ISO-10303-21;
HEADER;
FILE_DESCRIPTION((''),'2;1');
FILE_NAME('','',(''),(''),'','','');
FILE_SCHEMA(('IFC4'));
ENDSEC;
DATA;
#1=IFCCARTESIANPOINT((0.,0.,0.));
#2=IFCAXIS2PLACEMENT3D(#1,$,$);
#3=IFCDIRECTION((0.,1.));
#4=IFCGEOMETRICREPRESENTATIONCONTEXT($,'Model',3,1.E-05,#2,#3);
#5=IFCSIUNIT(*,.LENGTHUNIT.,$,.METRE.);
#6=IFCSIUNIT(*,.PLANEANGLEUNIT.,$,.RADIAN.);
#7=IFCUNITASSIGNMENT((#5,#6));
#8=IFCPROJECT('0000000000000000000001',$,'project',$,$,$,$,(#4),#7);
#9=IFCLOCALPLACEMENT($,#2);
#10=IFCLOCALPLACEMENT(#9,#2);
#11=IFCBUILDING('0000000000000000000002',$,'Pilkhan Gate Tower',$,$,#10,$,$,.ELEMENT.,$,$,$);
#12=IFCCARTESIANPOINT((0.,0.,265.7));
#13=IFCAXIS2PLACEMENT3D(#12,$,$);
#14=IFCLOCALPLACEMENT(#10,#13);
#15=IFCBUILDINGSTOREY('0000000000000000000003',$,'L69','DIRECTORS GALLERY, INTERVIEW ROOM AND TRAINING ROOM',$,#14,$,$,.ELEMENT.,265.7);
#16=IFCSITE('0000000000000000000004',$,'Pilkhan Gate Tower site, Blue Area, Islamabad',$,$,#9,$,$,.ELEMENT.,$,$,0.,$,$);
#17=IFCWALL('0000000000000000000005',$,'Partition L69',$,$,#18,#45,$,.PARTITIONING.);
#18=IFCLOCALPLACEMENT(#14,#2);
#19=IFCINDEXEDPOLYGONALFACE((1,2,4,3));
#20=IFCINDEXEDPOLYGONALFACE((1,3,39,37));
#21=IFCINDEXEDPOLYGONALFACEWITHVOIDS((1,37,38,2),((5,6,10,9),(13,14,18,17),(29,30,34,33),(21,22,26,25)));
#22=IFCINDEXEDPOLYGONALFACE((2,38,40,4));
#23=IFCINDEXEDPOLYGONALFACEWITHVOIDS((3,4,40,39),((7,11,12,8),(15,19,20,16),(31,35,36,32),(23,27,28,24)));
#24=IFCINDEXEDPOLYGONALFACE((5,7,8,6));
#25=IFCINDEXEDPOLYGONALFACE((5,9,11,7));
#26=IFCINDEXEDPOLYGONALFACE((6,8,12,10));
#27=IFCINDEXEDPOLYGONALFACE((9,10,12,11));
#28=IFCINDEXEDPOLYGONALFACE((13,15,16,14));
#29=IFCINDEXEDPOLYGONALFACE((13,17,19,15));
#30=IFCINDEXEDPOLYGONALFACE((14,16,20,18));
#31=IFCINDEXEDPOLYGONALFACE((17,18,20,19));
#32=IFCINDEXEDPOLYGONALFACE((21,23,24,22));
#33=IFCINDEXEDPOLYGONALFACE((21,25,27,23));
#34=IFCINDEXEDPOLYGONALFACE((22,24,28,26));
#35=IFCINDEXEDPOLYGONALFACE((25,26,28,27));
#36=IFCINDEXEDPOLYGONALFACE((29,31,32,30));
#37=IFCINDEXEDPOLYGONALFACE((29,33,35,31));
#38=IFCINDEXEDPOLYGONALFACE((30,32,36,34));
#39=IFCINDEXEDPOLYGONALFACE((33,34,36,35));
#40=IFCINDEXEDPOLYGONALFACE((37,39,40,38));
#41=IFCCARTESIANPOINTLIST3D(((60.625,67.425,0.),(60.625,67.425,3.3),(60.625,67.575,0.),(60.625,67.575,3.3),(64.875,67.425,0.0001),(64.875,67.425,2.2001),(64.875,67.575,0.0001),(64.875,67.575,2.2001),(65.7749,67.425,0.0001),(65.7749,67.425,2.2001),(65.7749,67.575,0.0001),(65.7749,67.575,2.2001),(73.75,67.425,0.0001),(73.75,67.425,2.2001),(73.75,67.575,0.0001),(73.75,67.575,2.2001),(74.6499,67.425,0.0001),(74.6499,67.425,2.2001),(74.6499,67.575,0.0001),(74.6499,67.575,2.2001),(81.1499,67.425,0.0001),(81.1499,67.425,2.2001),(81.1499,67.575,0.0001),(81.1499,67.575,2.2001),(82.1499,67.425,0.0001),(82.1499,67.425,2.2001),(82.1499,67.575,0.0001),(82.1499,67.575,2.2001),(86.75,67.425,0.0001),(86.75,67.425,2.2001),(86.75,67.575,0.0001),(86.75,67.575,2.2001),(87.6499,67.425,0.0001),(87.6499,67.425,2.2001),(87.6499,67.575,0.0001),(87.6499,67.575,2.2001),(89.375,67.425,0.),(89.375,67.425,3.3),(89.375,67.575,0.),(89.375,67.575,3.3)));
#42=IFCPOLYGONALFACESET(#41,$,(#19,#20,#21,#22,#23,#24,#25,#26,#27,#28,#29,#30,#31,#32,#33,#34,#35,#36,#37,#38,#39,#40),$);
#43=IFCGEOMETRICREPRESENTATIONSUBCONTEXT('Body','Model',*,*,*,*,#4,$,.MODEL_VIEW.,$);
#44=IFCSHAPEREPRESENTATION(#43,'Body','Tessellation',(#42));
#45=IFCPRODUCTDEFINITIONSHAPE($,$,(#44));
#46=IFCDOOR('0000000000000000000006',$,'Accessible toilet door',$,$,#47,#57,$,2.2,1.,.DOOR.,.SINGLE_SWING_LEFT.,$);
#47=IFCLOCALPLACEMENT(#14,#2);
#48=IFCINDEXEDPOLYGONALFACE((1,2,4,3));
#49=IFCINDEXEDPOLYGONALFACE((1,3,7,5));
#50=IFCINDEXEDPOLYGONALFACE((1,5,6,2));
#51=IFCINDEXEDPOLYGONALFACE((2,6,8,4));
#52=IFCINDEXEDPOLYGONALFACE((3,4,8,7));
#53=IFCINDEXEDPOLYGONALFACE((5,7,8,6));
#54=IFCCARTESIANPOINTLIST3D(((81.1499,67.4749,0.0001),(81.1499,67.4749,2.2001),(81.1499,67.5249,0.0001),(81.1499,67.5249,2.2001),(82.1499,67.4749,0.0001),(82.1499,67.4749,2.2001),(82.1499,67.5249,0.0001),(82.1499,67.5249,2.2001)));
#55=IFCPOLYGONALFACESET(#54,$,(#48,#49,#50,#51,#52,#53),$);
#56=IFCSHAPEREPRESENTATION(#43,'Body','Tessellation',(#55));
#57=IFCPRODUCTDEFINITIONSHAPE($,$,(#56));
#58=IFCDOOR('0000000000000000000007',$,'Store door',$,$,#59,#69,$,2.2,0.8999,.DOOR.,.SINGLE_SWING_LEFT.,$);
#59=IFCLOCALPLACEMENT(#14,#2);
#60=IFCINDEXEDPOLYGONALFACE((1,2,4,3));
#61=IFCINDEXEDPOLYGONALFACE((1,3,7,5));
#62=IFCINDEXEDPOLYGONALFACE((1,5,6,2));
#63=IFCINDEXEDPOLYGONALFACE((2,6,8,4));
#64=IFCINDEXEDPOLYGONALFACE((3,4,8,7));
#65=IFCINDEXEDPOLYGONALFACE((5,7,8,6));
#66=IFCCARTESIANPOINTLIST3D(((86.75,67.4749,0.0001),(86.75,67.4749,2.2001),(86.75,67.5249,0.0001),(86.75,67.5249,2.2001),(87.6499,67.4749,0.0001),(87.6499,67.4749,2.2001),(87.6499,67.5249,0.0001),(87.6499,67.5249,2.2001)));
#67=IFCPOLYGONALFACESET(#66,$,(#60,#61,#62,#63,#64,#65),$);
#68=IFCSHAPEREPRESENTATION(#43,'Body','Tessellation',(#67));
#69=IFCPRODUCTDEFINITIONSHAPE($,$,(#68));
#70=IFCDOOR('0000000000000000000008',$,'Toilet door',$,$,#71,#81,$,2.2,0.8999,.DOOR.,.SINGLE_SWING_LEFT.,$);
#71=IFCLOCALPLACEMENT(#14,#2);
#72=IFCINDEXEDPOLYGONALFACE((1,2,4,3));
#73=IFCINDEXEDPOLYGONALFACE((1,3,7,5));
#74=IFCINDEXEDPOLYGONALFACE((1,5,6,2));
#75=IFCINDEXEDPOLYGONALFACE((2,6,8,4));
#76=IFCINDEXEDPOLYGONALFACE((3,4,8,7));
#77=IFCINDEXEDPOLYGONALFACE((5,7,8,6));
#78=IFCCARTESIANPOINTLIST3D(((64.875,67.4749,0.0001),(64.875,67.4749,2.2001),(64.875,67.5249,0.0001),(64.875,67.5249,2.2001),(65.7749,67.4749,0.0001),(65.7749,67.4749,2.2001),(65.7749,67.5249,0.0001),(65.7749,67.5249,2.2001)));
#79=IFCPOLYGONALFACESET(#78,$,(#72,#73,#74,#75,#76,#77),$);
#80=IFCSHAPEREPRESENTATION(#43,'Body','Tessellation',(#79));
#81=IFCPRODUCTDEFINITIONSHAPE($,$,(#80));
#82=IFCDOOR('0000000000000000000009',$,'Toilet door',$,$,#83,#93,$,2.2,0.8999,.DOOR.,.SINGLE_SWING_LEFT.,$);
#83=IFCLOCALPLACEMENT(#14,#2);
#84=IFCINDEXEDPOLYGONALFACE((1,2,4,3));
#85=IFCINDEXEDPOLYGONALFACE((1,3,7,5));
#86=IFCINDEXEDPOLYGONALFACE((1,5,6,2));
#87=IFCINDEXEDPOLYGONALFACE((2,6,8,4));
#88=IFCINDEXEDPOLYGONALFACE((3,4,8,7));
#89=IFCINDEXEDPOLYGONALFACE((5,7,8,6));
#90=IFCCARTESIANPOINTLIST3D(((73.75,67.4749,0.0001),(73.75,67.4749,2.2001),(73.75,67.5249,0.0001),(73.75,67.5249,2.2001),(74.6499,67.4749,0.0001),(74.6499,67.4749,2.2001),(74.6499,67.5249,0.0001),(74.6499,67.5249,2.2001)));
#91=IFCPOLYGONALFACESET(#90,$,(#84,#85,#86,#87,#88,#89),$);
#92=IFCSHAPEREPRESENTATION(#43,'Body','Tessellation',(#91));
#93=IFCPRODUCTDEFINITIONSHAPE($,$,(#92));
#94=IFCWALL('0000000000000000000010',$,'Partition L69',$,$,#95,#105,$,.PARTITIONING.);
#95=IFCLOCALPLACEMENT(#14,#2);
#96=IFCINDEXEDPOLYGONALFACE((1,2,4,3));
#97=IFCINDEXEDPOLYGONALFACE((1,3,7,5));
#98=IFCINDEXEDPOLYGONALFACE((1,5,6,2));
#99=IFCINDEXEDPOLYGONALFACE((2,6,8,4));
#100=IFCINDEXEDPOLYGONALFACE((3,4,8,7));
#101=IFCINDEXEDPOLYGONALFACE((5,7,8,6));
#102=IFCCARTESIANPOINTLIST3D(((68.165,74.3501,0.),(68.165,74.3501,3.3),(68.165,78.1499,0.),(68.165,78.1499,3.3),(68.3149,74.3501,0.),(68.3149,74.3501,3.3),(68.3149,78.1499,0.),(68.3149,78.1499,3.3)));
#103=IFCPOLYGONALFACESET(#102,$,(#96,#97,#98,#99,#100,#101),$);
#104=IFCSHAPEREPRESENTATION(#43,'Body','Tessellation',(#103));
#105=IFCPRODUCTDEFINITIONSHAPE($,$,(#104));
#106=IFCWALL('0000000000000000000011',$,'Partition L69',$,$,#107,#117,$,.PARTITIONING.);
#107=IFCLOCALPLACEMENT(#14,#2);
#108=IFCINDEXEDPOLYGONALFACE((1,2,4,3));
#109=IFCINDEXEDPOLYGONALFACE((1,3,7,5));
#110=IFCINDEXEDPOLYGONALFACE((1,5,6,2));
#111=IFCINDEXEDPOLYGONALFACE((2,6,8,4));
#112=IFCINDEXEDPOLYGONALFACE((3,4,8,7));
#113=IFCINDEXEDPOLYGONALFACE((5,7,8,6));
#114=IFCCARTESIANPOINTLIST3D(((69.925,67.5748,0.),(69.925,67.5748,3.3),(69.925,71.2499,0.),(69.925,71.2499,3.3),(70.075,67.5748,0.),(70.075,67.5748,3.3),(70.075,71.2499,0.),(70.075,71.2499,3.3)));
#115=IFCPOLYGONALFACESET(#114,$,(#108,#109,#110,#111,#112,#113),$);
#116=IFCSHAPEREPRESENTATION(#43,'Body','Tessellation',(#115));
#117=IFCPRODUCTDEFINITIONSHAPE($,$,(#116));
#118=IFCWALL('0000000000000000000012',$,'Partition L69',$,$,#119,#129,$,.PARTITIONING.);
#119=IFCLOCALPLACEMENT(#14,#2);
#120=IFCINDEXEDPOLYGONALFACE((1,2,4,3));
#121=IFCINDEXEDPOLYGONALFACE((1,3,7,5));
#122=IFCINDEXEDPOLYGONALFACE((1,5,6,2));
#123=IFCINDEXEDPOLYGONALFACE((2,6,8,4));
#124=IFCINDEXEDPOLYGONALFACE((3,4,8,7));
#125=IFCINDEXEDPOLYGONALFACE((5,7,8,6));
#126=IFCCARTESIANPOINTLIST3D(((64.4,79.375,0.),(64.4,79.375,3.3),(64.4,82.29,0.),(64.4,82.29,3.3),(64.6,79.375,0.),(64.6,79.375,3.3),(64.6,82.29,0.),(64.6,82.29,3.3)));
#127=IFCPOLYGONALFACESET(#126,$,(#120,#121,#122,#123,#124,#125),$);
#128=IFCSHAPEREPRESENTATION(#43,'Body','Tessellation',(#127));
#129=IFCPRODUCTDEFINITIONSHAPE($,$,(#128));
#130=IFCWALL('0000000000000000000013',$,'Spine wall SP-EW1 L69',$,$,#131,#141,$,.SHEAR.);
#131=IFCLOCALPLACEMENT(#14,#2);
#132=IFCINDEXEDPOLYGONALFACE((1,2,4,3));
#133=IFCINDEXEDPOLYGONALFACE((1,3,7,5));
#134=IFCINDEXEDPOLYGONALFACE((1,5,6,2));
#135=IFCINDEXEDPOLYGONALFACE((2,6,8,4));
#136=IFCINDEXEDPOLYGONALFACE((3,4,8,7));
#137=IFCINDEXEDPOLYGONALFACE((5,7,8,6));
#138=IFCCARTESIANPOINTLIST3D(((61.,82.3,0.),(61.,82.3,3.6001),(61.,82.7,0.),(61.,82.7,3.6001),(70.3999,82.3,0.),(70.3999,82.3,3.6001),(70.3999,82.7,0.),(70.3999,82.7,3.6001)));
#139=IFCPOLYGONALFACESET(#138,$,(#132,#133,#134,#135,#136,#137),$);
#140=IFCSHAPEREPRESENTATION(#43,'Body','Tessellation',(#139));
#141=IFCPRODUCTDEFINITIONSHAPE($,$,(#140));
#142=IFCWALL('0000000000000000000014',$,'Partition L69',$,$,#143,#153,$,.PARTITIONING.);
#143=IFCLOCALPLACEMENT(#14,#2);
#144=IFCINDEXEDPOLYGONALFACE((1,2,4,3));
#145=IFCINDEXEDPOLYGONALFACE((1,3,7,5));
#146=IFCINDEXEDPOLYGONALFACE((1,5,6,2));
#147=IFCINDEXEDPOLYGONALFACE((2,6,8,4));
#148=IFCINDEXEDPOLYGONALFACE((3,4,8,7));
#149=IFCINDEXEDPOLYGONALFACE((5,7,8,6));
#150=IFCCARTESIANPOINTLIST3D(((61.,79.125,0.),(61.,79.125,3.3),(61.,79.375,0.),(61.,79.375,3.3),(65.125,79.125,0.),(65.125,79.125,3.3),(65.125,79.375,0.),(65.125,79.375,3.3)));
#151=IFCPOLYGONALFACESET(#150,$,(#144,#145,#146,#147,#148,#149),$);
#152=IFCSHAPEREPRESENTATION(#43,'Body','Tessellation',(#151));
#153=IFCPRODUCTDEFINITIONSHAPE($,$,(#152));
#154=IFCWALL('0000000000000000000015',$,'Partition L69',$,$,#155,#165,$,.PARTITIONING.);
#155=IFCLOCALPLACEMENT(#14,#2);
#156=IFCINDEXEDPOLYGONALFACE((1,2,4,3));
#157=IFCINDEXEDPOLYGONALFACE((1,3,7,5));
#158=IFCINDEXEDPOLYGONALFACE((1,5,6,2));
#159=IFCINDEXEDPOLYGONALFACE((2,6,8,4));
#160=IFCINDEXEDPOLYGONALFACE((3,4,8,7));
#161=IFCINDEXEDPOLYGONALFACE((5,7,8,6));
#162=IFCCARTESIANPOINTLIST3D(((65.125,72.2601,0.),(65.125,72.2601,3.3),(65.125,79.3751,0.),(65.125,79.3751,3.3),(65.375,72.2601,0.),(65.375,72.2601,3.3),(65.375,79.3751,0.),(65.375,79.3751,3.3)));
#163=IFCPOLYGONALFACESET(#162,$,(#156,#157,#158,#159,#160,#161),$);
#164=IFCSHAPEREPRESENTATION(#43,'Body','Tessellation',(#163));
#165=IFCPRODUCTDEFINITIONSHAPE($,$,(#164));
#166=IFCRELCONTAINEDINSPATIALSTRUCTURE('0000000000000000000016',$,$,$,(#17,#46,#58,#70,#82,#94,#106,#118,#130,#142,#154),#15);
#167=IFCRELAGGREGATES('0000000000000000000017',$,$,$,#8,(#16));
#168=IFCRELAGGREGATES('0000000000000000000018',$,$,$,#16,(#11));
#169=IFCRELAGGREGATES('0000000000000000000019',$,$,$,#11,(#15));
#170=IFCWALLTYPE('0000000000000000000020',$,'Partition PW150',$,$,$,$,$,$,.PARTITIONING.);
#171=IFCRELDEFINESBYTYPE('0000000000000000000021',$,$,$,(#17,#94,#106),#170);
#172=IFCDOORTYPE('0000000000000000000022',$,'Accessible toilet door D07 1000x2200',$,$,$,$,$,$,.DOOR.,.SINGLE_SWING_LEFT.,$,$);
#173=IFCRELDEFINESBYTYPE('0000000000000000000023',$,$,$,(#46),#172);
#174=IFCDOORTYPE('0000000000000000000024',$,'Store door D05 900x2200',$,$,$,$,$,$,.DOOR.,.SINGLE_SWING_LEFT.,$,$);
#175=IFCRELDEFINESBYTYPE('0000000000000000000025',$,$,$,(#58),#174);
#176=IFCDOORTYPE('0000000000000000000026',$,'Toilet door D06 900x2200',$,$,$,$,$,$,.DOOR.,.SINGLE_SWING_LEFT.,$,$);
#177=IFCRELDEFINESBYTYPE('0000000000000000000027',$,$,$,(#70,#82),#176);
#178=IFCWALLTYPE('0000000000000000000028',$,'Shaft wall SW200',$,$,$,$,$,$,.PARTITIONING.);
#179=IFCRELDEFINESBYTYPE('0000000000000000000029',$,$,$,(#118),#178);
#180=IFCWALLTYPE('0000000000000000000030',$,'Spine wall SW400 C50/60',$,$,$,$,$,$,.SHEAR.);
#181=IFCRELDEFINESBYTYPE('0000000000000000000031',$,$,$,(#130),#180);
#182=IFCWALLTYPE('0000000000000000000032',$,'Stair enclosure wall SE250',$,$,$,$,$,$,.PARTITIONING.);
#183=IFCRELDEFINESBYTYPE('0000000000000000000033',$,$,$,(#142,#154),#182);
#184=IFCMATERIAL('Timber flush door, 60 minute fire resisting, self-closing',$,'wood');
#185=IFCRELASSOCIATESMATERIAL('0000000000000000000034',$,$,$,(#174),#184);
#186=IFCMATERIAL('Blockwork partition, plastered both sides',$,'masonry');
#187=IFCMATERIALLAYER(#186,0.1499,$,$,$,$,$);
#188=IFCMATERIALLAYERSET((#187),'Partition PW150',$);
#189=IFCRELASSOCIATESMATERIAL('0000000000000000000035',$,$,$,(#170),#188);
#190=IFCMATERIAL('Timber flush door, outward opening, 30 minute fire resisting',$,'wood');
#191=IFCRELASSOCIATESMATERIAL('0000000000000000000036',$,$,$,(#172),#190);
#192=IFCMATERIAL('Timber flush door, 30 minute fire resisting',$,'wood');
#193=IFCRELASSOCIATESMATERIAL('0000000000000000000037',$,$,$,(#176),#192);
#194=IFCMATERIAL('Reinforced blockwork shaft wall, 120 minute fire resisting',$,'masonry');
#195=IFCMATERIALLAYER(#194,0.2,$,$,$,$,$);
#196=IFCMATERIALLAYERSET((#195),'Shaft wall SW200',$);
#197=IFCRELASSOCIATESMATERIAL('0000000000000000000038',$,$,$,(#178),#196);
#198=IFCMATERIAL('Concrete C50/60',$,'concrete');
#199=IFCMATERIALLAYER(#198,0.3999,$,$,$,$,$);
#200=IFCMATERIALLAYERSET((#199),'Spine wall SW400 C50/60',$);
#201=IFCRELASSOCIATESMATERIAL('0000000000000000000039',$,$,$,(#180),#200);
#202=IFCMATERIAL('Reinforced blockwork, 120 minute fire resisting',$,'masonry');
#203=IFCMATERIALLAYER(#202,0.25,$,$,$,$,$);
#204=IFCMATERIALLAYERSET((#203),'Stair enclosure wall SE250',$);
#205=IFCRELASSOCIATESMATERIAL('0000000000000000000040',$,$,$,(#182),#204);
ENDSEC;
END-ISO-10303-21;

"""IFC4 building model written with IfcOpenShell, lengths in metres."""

from ifc_helpers import new_model, si_unit, direction, frame, frame_2d, origin, place, context, subcontext, project, spatial, rectangle, extrude, material, layer, layer_set, type_object, element, fill, save


model = new_model("IFC4")

# Units and contexts
model_context = context("Model", 3, precision=1e-05, world=origin(), true_north=direction((0.0, 1.0)))
body_context = subcontext(model_context, "Body", "Model", "MODEL_VIEW")
ifc_project = project(units=[si_unit("LENGTHUNIT", "METRE"), si_unit("PLANEANGLEUNIT", "RADIAN")], contexts=[model_context])

# Site, building, storey
site_placement = place(None, origin())
site = spatial("IfcSite", under=ifc_project, at=site_placement, Name="Pilkhan Gate Tower site, Blue Area, Islamabad", CompositionType="ELEMENT", RefElevation=0.0)
building_placement = place(site_placement, origin())
building = spatial("IfcBuilding", under=site, at=building_placement, Name="Pilkhan Gate Tower", CompositionType="ELEMENT")
storey_placement = place(building_placement, frame((0.0, 0.0, 265.7)))
storey = spatial("IfcBuildingStorey", under=building, at=storey_placement, Name="L69", Description="DIRECTORS GALLERY, INTERVIEW ROOM AND TRAINING ROOM", CompositionType="ELEMENT", Elevation=265.7)

# Shared definitions
ifc_material_1 = material(Name="Concrete C50/60", Category="concrete")

# Shared definitions
ifc_material_2 = material(Name="Timber flush door, 60 minute fire resisting, self-closing", Category="wood")
door_type_1 = type_object("IfcDoorType", Name="Store door D05 900x2200", OperationType="SINGLE_SWING_LEFT", PredefinedType="DOOR", material=ifc_material_2)

# Wall, openings, doors
ifc_material_3 = material(Name="Blockwork partition, plastered both sides", Category="masonry")
ifc_layer_1 = layer(ifc_material_3, 0.1499)
ifc_layer_set_1 = layer_set([ifc_layer_1], Name="Partition PW150")
wall_type_1 = type_object("IfcWallType", Name="Partition PW150", PredefinedType="PARTITIONING", material=ifc_layer_set_1)
wall_1_placement = place(storey_placement, frame((60.625, 67.5, 0.0), z_axis=(0.0, 0.0, 1.0), x_axis=(1.0, 0.0, 0.0)))
wall_1 = element("IfcWall", 1, at=wall_1_placement, inside=storey, type_object=wall_type_1, Name="Partition L69", PredefinedType="PARTITIONING", context=body_context, shape_type="SweptSolid", body=[
    extrude(rectangle(XDim=28.75, YDim=0.1499, at=frame_2d((14.375, 0.0))), origin(), (0.0, 0.0, 1.0), 3.3),
])
opening_1_placement = place(wall_1_placement, frame((4.25, 0.0, 0.0)))
opening_1 = element("IfcOpeningElement", 2, at=opening_1_placement, cuts=wall_1, PredefinedType="OPENING", context=body_context, shape_type="SweptSolid", body=[
    extrude(rectangle(XDim=0.8999, YDim=2.2, at=frame_2d((0.45, 1.1001))), frame((0.0, 0.085, 0.0), z_axis=(0.0, -1.0, 0.0), x_axis=(1.0, 0.0, 0.0)), (0.0, 0.0, 1.0), 0.1699),
])
opening_2_placement = place(wall_1_placement, frame((13.125, 0.0, 0.0)))
opening_2 = element("IfcOpeningElement", 3, at=opening_2_placement, cuts=wall_1, PredefinedType="OPENING", context=body_context, shape_type="SweptSolid", body=[
    extrude(rectangle(XDim=0.8999, YDim=2.2, at=frame_2d((0.45, 1.1001))), frame((0.0, 0.085, 0.0), z_axis=(0.0, -1.0, 0.0), x_axis=(1.0, 0.0, 0.0)), (0.0, 0.0, 1.0), 0.1699),
])
opening_3_placement = place(wall_1_placement, frame((20.5249, 0.0, 0.0)))
opening_3 = element("IfcOpeningElement", 4, at=opening_3_placement, cuts=wall_1, PredefinedType="OPENING", context=body_context, shape_type="SweptSolid", body=[
    extrude(rectangle(XDim=1.0, YDim=2.2, at=frame_2d((0.5, 1.1001))), frame((0.0, 0.085, 0.0), z_axis=(0.0, -1.0, 0.0), x_axis=(1.0, 0.0, 0.0)), (0.0, 0.0, 1.0), 0.1699),
])
opening_4_placement = place(wall_1_placement, frame((26.125, 0.0, 0.0)))
opening_4 = element("IfcOpeningElement", 5, at=opening_4_placement, cuts=wall_1, PredefinedType="OPENING", context=body_context, shape_type="SweptSolid", body=[
    extrude(rectangle(XDim=0.8999, YDim=2.2, at=frame_2d((0.45, 1.1001))), frame((0.0, 0.085, 0.0), z_axis=(0.0, -1.0, 0.0), x_axis=(1.0, 0.0, 0.0)), (0.0, 0.0, 1.0), 0.1699),
])
ifc_material_4 = material(Name="Timber flush door, outward opening, 30 minute fire resisting", Category="wood")
door_type_2 = type_object("IfcDoorType", Name="Accessible toilet door D07 1000x2200", OperationType="SINGLE_SWING_LEFT", PredefinedType="DOOR", material=ifc_material_4)
door_1_placement = place(opening_3_placement, origin())
door_1 = element("IfcDoor", 6, at=door_1_placement, inside=storey, type_object=door_type_2, Name="Accessible toilet door", OperationType="SINGLE_SWING_LEFT", OverallHeight=2.2, OverallWidth=1.0, PredefinedType="DOOR", context=body_context, shape_type="SweptSolid", body=[
    extrude(rectangle(XDim=1.0, YDim=2.2, at=frame_2d((0.5, 1.1001))), frame((0.0, 0.0249, 0.0), z_axis=(0.0, -1.0, 0.0), x_axis=(1.0, 0.0, 0.0)), (0.0, 0.0, 1.0), 0.05),
])
fill(opening_3, door_1)
door_2_placement = place(opening_4_placement, origin())
door_2 = element("IfcDoor", 7, at=door_2_placement, inside=storey, type_object=door_type_1, Name="Store door", OperationType="SINGLE_SWING_LEFT", OverallHeight=2.2, OverallWidth=0.8999, PredefinedType="DOOR", context=body_context, shape_type="SweptSolid", body=[
    extrude(rectangle(XDim=0.8999, YDim=2.2, at=frame_2d((0.45, 1.1001))), frame((0.0, 0.0249, 0.0), z_axis=(0.0, -1.0, 0.0), x_axis=(1.0, 0.0, 0.0)), (0.0, 0.0, 1.0), 0.05),
])
fill(opening_4, door_2)
ifc_material_5 = material(Name="Timber flush door, 30 minute fire resisting", Category="wood")
door_type_3 = type_object("IfcDoorType", Name="Toilet door D06 900x2200", OperationType="SINGLE_SWING_LEFT", PredefinedType="DOOR", material=ifc_material_5)
door_3_placement = place(opening_1_placement, origin())
door_3 = element("IfcDoor", 8, at=door_3_placement, inside=storey, type_object=door_type_3, Name="Toilet door", OperationType="SINGLE_SWING_LEFT", OverallHeight=2.2, OverallWidth=0.8999, PredefinedType="DOOR", context=body_context, shape_type="SweptSolid", body=[
    extrude(rectangle(XDim=0.8999, YDim=2.2, at=frame_2d((0.45, 1.1001))), frame((0.0, 0.0249, 0.0), z_axis=(0.0, -1.0, 0.0), x_axis=(1.0, 0.0, 0.0)), (0.0, 0.0, 1.0), 0.05),
])
fill(opening_1, door_3)
door_4_placement = place(opening_2_placement, origin())
door_4 = element("IfcDoor", 9, at=door_4_placement, inside=storey, type_object=door_type_3, Name="Toilet door", OperationType="SINGLE_SWING_LEFT", OverallHeight=2.2, OverallWidth=0.8999, PredefinedType="DOOR", context=body_context, shape_type="SweptSolid", body=[
    extrude(rectangle(XDim=0.8999, YDim=2.2, at=frame_2d((0.45, 1.1001))), frame((0.0, 0.0249, 0.0), z_axis=(0.0, -1.0, 0.0), x_axis=(1.0, 0.0, 0.0)), (0.0, 0.0, 1.0), 0.05),
])
fill(opening_2, door_4)

# Walls
wall_2_placement = place(storey_placement, frame((68.24, 74.3501, 0.0), z_axis=(0.0, 0.0, 1.0), x_axis=(0.0, 1.0, 0.0)))
element("IfcWall", 10, at=wall_2_placement, inside=storey, type_object=wall_type_1, Name="Partition L69", PredefinedType="PARTITIONING", context=body_context, shape_type="SweptSolid", body=[
    extrude(rectangle(XDim=3.7998, YDim=0.1499, at=frame_2d((1.8999, 0.0))), origin(), (0.0, 0.0, 1.0), 3.3),
])
wall_3_placement = place(storey_placement, frame((70.0, 67.575, 0.0), z_axis=(0.0, 0.0, 1.0), x_axis=(0.0, 1.0, 0.0)))
element("IfcWall", 11, at=wall_3_placement, inside=storey, type_object=wall_type_1, Name="Partition L69", PredefinedType="PARTITIONING", context=body_context, shape_type="SweptSolid", body=[
    extrude(rectangle(XDim=3.675, YDim=0.1499, at=frame_2d((1.8374, 0.0))), origin(), (0.0, 0.0, 1.0), 3.3),
])
ifc_material_6 = material(Name="Reinforced blockwork shaft wall, 120 minute fire resisting", Category="masonry")
ifc_layer_2 = layer(ifc_material_6, 0.2)
ifc_layer_set_2 = layer_set([ifc_layer_2], Name="Shaft wall SW200")
wall_type_2 = type_object("IfcWallType", Name="Shaft wall SW200", PredefinedType="PARTITIONING", material=ifc_layer_set_2)
wall_4_placement = place(storey_placement, frame((64.5, 79.375, 0.0), z_axis=(0.0, 0.0, 1.0), x_axis=(0.0, 1.0, 0.0)))
element("IfcWall", 12, at=wall_4_placement, inside=storey, type_object=wall_type_2, Name="Partition L69", PredefinedType="PARTITIONING", context=body_context, shape_type="SweptSolid", body=[
    extrude(rectangle(XDim=2.915, YDim=0.2, at=frame_2d((1.4575, 0.0))), origin(), (0.0, 0.0, 1.0), 3.3),
])
ifc_layer_3 = layer(ifc_material_1, 0.3999)
ifc_layer_set_3 = layer_set([ifc_layer_3], Name="Spine wall SW400 C50/60")
wall_type_3 = type_object("IfcWallType", Name="Spine wall SW400 C50/60", PredefinedType="SHEAR", material=ifc_layer_set_3)
wall_5_placement = place(storey_placement, frame((61.0, 82.5, 0.0), z_axis=(0.0, 0.0, 1.0), x_axis=(1.0, 0.0, 0.0)))
element("IfcWall", 13, at=wall_5_placement, inside=storey, type_object=wall_type_3, Name="Spine wall SP-EW1 L69", PredefinedType="SHEAR", context=body_context, shape_type="SweptSolid", body=[
    extrude(rectangle(XDim=9.3999, YDim=0.3999, at=frame_2d((4.7, 0.0))), origin(), (0.0, 0.0, 1.0), 3.6001),
])
ifc_material_7 = material(Name="Reinforced blockwork, 120 minute fire resisting", Category="masonry")
ifc_layer_4 = layer(ifc_material_7, 0.25)
ifc_layer_set_4 = layer_set([ifc_layer_4], Name="Stair enclosure wall SE250")
wall_type_4 = type_object("IfcWallType", Name="Stair enclosure wall SE250", PredefinedType="PARTITIONING", material=ifc_layer_set_4)
wall_6_placement = place(storey_placement, frame((61.0, 79.25, 0.0), z_axis=(0.0, 0.0, 1.0), x_axis=(1.0, 0.0, 0.0)))
element("IfcWall", 14, at=wall_6_placement, inside=storey, type_object=wall_type_4, Name="Partition L69", PredefinedType="PARTITIONING", context=body_context, shape_type="SweptSolid", body=[
    extrude(rectangle(XDim=4.125, YDim=0.25, at=frame_2d((2.0625, 0.0))), origin(), (0.0, 0.0, 1.0), 3.3),
])
wall_7_placement = place(storey_placement, frame((65.25, 72.26, 0.0), z_axis=(0.0, 0.0, 1.0), x_axis=(0.0, 1.0, 0.0)))
element("IfcWall", 15, at=wall_7_placement, inside=storey, type_object=wall_type_4, Name="Partition L69", PredefinedType="PARTITIONING", context=body_context, shape_type="SweptSolid", body=[
    extrude(rectangle(XDim=7.115, YDim=0.25, at=frame_2d((3.5576, 0.0))), origin(), (0.0, 0.0, 1.0), 3.3),
])

save(model, "model.ifc")
